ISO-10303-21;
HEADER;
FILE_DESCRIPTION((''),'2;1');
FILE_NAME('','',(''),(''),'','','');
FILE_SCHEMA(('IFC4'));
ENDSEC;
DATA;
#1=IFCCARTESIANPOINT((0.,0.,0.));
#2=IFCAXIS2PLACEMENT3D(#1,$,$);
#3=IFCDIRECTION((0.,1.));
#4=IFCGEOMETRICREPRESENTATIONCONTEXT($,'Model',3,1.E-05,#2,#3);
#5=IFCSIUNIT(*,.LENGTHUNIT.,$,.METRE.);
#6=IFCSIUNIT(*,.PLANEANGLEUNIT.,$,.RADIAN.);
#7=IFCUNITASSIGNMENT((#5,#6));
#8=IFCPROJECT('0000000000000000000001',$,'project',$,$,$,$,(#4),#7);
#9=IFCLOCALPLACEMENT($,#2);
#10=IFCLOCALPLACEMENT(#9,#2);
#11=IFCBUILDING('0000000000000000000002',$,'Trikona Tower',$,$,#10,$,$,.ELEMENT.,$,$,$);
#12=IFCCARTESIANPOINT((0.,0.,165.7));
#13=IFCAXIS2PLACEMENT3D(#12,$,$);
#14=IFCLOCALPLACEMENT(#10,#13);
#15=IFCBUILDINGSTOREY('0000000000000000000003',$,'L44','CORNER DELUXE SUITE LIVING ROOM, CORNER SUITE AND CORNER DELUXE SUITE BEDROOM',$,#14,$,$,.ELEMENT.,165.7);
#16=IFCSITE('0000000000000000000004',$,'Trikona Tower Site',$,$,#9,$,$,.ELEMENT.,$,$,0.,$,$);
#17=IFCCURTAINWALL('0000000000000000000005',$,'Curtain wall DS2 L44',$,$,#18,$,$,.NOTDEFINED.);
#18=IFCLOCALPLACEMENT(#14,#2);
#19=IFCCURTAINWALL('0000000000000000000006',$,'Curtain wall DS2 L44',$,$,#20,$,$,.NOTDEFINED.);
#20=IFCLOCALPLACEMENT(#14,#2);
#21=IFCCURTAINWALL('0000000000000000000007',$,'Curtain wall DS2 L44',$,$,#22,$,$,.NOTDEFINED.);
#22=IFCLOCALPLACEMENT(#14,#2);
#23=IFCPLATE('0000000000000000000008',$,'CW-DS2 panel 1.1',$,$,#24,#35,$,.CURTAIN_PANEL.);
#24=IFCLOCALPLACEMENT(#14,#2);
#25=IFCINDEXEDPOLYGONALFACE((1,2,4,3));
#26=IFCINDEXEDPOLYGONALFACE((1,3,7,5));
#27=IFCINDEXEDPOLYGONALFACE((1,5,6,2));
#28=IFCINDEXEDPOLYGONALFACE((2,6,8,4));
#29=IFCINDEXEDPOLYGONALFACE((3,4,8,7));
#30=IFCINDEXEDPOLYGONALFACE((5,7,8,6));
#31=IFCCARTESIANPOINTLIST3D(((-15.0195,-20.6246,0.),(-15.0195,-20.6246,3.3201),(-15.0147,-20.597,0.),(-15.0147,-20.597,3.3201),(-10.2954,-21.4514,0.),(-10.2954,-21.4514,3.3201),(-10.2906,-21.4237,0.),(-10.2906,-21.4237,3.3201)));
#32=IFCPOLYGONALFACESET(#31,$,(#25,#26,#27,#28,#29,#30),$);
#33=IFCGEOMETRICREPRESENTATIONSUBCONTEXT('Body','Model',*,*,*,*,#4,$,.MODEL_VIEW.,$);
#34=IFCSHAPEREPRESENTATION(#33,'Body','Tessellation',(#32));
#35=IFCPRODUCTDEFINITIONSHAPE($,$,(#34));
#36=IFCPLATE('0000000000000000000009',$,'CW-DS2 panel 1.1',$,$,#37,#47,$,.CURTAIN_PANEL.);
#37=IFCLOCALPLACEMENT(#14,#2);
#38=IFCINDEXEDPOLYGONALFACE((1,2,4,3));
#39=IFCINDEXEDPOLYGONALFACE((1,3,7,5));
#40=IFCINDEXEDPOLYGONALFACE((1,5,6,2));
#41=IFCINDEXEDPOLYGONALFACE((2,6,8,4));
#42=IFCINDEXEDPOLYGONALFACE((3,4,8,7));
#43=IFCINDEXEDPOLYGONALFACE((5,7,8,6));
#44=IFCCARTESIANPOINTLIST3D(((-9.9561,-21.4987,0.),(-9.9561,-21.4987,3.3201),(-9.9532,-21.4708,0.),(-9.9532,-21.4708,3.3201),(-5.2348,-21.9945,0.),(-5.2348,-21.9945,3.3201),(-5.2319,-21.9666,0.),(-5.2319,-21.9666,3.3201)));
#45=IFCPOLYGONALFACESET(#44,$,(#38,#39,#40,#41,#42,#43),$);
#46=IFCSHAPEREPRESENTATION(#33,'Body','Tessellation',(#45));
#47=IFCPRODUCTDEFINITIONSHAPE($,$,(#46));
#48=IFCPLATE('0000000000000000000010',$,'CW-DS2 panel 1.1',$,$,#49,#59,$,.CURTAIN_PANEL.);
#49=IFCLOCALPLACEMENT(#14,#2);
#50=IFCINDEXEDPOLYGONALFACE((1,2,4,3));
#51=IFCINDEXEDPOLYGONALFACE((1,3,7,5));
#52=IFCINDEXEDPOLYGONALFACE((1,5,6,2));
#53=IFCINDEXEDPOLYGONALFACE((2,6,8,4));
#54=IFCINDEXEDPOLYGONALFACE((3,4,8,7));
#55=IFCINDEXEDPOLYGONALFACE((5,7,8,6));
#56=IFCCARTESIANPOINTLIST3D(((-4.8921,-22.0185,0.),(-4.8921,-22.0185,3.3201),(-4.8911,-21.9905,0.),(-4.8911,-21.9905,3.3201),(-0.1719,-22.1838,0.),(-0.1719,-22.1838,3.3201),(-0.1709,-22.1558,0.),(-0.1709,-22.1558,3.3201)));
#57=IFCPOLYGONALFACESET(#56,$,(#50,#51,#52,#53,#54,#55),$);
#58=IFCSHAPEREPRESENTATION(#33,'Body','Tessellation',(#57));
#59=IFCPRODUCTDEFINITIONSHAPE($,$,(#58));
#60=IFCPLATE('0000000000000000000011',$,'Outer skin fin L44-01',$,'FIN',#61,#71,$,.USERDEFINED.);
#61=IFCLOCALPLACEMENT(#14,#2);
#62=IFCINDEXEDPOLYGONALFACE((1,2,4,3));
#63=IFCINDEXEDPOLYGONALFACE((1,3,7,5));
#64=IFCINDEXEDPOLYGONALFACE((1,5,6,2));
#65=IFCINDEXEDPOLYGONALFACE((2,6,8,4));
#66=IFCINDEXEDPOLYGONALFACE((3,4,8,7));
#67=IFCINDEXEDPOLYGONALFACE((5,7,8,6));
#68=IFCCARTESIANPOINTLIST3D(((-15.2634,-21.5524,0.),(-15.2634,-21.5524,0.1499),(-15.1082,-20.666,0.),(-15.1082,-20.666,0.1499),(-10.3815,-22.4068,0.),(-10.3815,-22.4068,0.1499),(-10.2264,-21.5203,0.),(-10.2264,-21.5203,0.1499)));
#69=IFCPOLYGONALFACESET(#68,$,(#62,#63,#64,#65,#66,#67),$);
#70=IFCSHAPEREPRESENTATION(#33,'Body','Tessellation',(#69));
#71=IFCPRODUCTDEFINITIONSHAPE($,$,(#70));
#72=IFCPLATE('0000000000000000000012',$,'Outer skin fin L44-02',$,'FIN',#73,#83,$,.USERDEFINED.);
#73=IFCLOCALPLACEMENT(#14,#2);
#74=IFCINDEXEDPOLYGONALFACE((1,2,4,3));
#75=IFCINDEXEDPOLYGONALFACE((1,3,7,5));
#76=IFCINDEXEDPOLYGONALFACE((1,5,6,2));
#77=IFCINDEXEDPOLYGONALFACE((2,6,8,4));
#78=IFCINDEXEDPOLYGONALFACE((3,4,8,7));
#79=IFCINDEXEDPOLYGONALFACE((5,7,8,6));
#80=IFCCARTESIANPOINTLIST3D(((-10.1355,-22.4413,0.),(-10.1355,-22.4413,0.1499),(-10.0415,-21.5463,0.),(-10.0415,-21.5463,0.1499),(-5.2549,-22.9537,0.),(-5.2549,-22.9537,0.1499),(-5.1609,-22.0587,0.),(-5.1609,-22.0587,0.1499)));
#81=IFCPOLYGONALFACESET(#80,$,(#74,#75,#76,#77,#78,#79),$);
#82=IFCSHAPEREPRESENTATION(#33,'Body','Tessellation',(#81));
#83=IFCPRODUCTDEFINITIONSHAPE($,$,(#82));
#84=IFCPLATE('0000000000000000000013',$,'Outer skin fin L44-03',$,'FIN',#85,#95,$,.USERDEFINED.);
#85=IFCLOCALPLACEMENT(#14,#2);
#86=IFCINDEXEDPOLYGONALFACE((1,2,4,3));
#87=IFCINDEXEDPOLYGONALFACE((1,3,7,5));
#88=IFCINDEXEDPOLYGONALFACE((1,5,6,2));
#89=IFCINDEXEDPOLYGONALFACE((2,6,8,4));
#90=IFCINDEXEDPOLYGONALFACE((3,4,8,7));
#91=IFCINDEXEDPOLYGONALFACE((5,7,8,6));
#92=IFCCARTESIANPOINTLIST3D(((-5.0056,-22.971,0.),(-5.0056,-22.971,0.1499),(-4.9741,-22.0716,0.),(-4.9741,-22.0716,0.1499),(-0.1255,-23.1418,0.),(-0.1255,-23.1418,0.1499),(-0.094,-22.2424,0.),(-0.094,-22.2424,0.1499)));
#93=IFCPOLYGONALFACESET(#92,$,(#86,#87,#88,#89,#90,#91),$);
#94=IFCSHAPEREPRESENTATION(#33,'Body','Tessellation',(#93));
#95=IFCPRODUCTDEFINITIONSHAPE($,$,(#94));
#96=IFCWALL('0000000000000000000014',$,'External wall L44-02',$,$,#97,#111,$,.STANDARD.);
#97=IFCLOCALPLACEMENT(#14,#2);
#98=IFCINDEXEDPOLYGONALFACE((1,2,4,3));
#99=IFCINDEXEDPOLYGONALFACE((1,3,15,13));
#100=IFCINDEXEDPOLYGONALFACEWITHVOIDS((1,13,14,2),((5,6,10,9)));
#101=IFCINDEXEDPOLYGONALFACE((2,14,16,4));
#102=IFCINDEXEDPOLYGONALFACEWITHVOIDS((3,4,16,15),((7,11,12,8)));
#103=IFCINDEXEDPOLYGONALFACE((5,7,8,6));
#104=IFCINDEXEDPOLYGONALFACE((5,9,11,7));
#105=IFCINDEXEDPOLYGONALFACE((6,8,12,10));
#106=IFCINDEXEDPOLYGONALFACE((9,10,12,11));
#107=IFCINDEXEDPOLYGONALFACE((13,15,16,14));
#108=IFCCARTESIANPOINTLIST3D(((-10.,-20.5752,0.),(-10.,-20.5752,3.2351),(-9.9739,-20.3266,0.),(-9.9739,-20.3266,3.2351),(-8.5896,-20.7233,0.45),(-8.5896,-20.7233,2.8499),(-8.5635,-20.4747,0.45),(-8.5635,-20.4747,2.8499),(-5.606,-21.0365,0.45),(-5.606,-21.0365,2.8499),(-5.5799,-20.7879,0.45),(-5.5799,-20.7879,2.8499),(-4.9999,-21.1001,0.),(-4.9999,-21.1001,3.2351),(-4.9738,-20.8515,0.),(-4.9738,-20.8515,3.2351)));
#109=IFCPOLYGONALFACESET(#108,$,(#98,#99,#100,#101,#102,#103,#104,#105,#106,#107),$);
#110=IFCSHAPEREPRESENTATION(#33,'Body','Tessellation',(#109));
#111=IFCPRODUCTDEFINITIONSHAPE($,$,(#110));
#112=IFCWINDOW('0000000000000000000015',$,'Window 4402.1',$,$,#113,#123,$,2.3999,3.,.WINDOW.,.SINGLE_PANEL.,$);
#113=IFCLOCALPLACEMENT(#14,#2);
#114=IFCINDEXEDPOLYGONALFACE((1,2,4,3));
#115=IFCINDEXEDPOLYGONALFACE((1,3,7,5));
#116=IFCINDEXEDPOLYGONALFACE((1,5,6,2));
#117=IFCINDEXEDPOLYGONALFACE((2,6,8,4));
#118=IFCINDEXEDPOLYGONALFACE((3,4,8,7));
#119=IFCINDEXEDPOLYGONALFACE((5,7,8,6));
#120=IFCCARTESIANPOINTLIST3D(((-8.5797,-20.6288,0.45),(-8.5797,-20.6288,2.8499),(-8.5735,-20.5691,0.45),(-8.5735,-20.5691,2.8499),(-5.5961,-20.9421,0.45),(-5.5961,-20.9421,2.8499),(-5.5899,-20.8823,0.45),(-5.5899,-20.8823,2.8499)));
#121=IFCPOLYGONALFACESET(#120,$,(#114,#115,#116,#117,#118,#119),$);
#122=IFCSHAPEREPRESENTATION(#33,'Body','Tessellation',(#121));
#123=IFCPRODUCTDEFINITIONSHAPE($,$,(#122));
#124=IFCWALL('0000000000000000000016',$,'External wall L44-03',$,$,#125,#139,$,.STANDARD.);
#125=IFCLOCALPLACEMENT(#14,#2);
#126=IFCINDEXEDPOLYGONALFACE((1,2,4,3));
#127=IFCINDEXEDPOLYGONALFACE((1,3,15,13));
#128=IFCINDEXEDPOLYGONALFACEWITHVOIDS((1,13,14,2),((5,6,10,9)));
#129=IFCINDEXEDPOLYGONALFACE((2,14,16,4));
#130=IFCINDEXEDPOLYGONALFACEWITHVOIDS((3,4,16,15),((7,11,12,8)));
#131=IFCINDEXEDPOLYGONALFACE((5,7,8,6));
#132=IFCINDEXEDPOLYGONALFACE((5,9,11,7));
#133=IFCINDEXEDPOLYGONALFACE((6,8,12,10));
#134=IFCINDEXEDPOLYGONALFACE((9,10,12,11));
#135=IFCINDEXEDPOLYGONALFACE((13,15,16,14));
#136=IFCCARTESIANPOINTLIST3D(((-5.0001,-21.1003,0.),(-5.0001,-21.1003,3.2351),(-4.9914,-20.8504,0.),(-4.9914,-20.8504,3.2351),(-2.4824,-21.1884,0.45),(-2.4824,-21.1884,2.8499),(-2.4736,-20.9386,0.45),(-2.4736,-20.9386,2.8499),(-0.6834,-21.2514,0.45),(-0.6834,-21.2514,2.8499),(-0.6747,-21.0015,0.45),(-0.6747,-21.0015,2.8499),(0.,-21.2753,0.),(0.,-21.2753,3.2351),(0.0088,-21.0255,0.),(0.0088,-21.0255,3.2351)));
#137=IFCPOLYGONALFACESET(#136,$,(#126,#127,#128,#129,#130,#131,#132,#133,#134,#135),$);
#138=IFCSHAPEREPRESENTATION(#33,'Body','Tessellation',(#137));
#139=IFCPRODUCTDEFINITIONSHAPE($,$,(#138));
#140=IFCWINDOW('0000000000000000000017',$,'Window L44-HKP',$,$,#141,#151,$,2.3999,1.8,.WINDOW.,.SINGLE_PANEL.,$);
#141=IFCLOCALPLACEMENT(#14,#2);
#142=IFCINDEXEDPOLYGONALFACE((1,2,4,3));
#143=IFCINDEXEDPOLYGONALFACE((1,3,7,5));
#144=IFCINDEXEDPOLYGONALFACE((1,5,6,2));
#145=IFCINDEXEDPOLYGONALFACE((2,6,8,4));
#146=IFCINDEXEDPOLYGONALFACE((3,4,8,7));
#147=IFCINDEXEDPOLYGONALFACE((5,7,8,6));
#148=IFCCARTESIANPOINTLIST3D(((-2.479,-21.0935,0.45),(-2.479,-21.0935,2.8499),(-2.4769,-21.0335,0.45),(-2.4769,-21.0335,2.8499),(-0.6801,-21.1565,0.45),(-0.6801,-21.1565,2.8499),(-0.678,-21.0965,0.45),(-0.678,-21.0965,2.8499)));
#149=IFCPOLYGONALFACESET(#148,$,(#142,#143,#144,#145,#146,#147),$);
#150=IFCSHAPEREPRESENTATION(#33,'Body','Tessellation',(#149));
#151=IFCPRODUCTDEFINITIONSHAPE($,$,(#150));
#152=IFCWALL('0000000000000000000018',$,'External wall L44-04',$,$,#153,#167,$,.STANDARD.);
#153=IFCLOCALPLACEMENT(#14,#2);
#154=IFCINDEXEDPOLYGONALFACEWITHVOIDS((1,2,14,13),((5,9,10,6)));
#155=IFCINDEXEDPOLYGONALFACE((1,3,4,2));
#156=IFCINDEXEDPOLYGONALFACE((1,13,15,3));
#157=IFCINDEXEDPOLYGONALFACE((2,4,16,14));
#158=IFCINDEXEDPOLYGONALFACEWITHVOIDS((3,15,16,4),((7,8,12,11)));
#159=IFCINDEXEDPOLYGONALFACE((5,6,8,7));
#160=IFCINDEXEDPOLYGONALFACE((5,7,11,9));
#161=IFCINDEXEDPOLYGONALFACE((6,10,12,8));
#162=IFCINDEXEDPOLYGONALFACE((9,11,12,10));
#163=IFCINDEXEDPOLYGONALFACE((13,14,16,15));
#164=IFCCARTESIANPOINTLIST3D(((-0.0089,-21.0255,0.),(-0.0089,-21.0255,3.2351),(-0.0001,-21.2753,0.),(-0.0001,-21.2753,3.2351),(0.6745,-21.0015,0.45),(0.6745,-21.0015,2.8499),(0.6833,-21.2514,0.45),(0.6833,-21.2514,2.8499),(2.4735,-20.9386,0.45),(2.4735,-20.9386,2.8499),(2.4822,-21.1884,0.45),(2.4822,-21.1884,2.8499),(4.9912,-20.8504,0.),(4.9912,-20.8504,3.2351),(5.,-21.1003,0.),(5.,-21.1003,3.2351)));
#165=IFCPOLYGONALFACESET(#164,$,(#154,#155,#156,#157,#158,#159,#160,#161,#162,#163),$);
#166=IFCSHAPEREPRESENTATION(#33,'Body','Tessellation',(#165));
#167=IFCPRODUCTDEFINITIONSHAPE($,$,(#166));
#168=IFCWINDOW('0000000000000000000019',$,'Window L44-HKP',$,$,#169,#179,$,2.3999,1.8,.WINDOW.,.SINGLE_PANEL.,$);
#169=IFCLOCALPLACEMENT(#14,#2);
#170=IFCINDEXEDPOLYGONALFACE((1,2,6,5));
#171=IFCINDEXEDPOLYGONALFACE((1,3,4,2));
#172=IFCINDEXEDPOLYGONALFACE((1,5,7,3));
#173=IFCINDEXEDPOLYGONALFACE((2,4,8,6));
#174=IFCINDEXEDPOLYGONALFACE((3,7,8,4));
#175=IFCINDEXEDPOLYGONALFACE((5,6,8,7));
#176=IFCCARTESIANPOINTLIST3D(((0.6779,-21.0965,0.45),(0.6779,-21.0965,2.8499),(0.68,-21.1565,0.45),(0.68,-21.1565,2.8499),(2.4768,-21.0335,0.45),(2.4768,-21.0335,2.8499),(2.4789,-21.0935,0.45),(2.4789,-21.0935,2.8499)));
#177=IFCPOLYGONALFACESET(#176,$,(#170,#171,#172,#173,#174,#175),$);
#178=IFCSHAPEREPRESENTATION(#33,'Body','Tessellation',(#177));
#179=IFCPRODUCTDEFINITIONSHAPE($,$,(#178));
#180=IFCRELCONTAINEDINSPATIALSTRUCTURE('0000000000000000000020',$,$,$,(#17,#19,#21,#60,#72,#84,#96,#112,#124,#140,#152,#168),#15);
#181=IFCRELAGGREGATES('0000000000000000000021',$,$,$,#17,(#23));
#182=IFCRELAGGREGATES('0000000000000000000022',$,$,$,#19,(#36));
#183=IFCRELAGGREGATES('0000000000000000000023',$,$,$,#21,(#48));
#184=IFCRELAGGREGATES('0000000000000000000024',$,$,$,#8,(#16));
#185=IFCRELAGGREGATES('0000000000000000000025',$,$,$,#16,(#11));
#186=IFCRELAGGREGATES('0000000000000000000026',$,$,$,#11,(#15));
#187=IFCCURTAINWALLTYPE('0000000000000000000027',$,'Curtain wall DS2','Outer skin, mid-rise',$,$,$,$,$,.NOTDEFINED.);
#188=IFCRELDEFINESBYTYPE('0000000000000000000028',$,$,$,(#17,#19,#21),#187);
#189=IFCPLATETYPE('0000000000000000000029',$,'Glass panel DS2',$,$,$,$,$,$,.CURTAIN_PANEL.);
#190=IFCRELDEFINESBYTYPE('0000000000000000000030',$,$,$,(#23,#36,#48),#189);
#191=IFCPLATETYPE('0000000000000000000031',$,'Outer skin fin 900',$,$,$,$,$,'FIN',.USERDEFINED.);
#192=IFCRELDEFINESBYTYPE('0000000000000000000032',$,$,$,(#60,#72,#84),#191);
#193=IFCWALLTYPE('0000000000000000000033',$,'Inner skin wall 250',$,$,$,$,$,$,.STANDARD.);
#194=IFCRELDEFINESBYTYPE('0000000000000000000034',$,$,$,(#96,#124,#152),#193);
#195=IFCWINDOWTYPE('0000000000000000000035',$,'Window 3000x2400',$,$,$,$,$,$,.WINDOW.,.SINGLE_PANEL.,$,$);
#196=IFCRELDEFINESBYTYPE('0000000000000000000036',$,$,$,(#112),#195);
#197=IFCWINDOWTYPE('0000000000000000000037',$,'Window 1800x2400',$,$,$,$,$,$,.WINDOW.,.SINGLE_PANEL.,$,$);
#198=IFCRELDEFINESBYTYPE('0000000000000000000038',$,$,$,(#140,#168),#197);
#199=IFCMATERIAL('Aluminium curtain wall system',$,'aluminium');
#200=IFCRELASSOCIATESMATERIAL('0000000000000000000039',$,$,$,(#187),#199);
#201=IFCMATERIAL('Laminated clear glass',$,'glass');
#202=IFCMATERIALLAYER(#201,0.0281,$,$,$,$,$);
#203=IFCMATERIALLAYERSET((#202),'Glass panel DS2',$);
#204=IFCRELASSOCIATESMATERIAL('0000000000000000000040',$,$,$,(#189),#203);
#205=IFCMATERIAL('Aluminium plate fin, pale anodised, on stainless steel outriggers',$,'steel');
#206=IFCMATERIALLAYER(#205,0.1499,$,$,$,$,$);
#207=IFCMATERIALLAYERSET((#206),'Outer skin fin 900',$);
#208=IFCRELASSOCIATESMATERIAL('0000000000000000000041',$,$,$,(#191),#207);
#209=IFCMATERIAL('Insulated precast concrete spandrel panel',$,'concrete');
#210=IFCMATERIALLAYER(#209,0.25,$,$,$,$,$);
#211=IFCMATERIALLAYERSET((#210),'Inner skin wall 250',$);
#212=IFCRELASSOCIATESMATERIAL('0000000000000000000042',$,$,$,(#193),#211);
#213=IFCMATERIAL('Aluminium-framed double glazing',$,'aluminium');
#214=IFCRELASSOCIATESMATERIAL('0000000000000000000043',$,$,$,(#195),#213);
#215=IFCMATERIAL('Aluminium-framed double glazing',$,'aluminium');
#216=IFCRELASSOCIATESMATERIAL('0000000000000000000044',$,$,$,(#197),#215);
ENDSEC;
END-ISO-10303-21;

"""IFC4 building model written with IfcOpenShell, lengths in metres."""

from ifc_helpers import new_model, si_unit, direction, frame, frame_2d, origin, origin_2d, place, context, subcontext, project, spatial, rectangle, extrude, material, layer, layer_set, type_object, element, fill, aggregate, save


model = new_model("IFC4")

# Units and contexts
model_context = context("Model", 3, precision=1e-05, world=origin(), true_north=direction((0.0, 1.0)))
body_context = subcontext(model_context, "Body", "Model", "MODEL_VIEW")
ifc_project = project(units=[si_unit("LENGTHUNIT", "METRE"), si_unit("PLANEANGLEUNIT", "RADIAN")], contexts=[model_context])

# Site, building, storey
site_placement = place(None, origin())
site = spatial("IfcSite", under=ifc_project, at=site_placement, Name="Trikona Tower Site", CompositionType="ELEMENT", RefElevation=0.0)
building_placement = place(site_placement, origin())
building = spatial("IfcBuilding", under=site, at=building_placement, Name="Trikona Tower", CompositionType="ELEMENT")
storey_placement = place(building_placement, frame((0.0, 0.0, 165.7)))
storey = spatial("IfcBuildingStorey", under=building, at=storey_placement, Name="L44", Description="CORNER DELUXE SUITE LIVING ROOM, CORNER SUITE AND CORNER DELUXE SUITE BEDROOM", CompositionType="ELEMENT", Elevation=165.7)

# Curtain wall
ifc_material_1 = material(Name="Aluminium curtain wall system", Category="aluminium")
curtain_wall_type = type_object("IfcCurtainWallType", Name="Curtain wall DS2", Description="Outer skin, mid-rise", PredefinedType="NOTDEFINED", material=ifc_material_1)
curtain_wall_1_placement = place(storey_placement, origin())
curtain_wall_1 = element("IfcCurtainWall", 1, at=curtain_wall_1_placement, inside=storey, type_object=curtain_wall_type, Name="Curtain wall DS2 L44", PredefinedType="NOTDEFINED")

# Curtain walls
curtain_wall_2_placement = place(storey_placement, origin())
curtain_wall_2 = element("IfcCurtainWall", 2, at=curtain_wall_2_placement, inside=storey, type_object=curtain_wall_type, Name="Curtain wall DS2 L44", PredefinedType="NOTDEFINED")
curtain_wall_3_placement = place(storey_placement, origin())
curtain_wall_3 = element("IfcCurtainWall", 3, at=curtain_wall_3_placement, inside=storey, type_object=curtain_wall_type, Name="Curtain wall DS2 L44", PredefinedType="NOTDEFINED")

# Plates
ifc_material_2 = material(Name="Laminated clear glass", Category="glass")
ifc_layer_1 = layer(ifc_material_2, 0.0281)
ifc_layer_set_1 = layer_set([ifc_layer_1], Name="Glass panel DS2")
plate_type_1 = type_object("IfcPlateType", Name="Glass panel DS2", PredefinedType="CURTAIN_PANEL", material=ifc_layer_set_1)
plate_1_placement = place(storey_placement, frame((-12.655, -21.0242, 0.0), z_axis=(0.0, 0.0, 1.0), x_axis=(0.985031, -0.172377, 0.0)))
plate_1 = element("IfcPlate", 4, at=plate_1_placement, type_object=plate_type_1, Name="CW-DS2 panel 1.1", PredefinedType="CURTAIN_PANEL", context=body_context, shape_type="SweptSolid", body=[
    extrude(rectangle(XDim=4.7959, YDim=0.0281, at=origin_2d()), origin(), (0.0, 0.0, 1.0), 3.3201),
])
aggregate(curtain_wall_1, [plate_1])
plate_2_placement = place(storey_placement, frame((-7.594, -21.7327, 0.0), z_axis=(0.0, 0.0, 1.0), x_axis=(0.994532, -0.104433, 0.0)))
plate_2 = element("IfcPlate", 5, at=plate_2_placement, type_object=plate_type_1, Name="CW-DS2 panel 1.1", PredefinedType="CURTAIN_PANEL", context=body_context, shape_type="SweptSolid", body=[
    extrude(rectangle(XDim=4.7473, YDim=0.0281, at=origin_2d()), origin(), (0.0, 0.0, 1.0), 3.3201),
])
aggregate(curtain_wall_2, [plate_2])
plate_3_placement = place(storey_placement, frame((-2.5315, -22.0872, 0.0), z_axis=(0.0, 0.0, 1.0), x_axis=(0.999387, -0.034998, 0.0)))
plate_3 = element("IfcPlate", 6, at=plate_3_placement, type_object=plate_type_1, Name="CW-DS2 panel 1.1", PredefinedType="CURTAIN_PANEL", context=body_context, shape_type="SweptSolid", body=[
    extrude(rectangle(XDim=4.7231, YDim=0.0281, at=origin_2d()), origin(), (0.0, 0.0, 1.0), 3.3201),
])
aggregate(curtain_wall_3, [plate_3])

# Plates
ifc_material_3 = material(Name="Aluminium plate fin, pale anodised, on stainless steel outriggers", Category="steel")
ifc_layer_2 = layer(ifc_material_3, 0.1499)
ifc_layer_set_2 = layer_set([ifc_layer_2], Name="Outer skin fin 900")
plate_type_2 = type_object("IfcPlateType", Name="Outer skin fin 900", ElementType="FIN", PredefinedType="USERDEFINED", material=ifc_layer_set_2)
plate_4_placement = place(storey_placement, frame((-12.7449, -21.5364, 0.0), z_axis=(0.0, 0.0, 1.0), x_axis=(0.985031, -0.17238, 0.0)))
element("IfcPlate", 7, at=plate_4_placement, inside=storey, type_object=plate_type_2, Name="Outer skin fin L44-01", ObjectType="FIN", PredefinedType="USERDEFINED", context=body_context, shape_type="SweptSolid", body=[
    extrude(rectangle(XDim=4.9561, YDim=0.8999, at=origin_2d()), origin(), (0.0, 0.0, 1.0), 0.1499),
])
plate_5_placement = place(storey_placement, frame((-7.6482, -22.25, 0.0), z_axis=(0.0, 0.0, 1.0), x_axis=(0.994533, -0.104426, 0.0)))
element("IfcPlate", 8, at=plate_5_placement, inside=storey, type_object=plate_type_2, Name="Outer skin fin L44-02", ObjectType="FIN", PredefinedType="USERDEFINED", context=body_context, shape_type="SweptSolid", body=[
    extrude(rectangle(XDim=4.9075, YDim=0.8999, at=origin_2d()), origin(), (0.0, 0.0, 1.0), 0.1499),
])
plate_6_placement = place(storey_placement, frame((-2.5498, -22.6067, 0.0), z_axis=(0.0, 0.0, 1.0), x_axis=(0.999388, -0.034978, 0.0)))
element("IfcPlate", 9, at=plate_6_placement, inside=storey, type_object=plate_type_2, Name="Outer skin fin L44-03", ObjectType="FIN", PredefinedType="USERDEFINED", context=body_context, shape_type="SweptSolid", body=[
    extrude(rectangle(XDim=4.8831, YDim=0.8999, at=origin_2d()), origin(), (0.0, 0.0, 1.0), 0.1499),
])

# Walls, openings, windows
ifc_material_4 = material(Name="Insulated precast concrete spandrel panel", Category="concrete")
ifc_layer_3 = layer(ifc_material_4, 0.25)
ifc_layer_set_3 = layer_set([ifc_layer_3], Name="Inner skin wall 250")
wall_type = type_object("IfcWallType", Name="Inner skin wall 250", PredefinedType="STANDARD", material=ifc_layer_set_3)
wall_1_placement = place(storey_placement, frame((-9.9868, -20.4509, 0.0), z_axis=(0.0, 0.0, 1.0), x_axis=(0.994535, -0.104407, 0.0)))
wall_1 = element("IfcWall", 10, at=wall_1_placement, inside=storey, type_object=wall_type, Name="External wall L44-02", PredefinedType="STANDARD", context=body_context, shape_type="SweptSolid", body=[
    extrude(rectangle(XDim=5.0276, YDim=0.25, at=frame_2d((2.5137, 0.0))), origin(), (0.0, 0.0, 1.0), 3.2351),
])
opening_1_placement = place(wall_1_placement, frame((1.418, 0.0, 0.45)))
opening_1 = element("IfcOpeningElement", 11, at=opening_1_placement, cuts=wall_1, PredefinedType="OPENING", context=body_context, shape_type="SweptSolid", body=[
    extrude(rectangle(XDim=3.0, YDim=2.3999, at=frame_2d((1.5, 1.2))), frame((0.0, 0.135, 0.0), z_axis=(0.0, -1.0, 0.0), x_axis=(1.0, 0.0, 0.0)), (0.0, 0.0, 1.0), 0.27),
])
ifc_material_5 = material(Name="Aluminium-framed double glazing", Category="aluminium")
window_type_1 = type_object("IfcWindowType", Name="Window 3000x2400", PartitioningType="SINGLE_PANEL", PredefinedType="WINDOW", material=ifc_material_5)
window_1_placement = place(opening_1_placement, origin())
window_1 = element("IfcWindow", 12, at=window_1_placement, inside=storey, type_object=window_type_1, Name="Window 4402.1", OverallHeight=2.3999, OverallWidth=3.0, PartitioningType="SINGLE_PANEL", PredefinedType="WINDOW", context=body_context, shape_type="SweptSolid", body=[
    extrude(rectangle(XDim=3.0, YDim=2.3999, at=frame_2d((1.5, 1.2))), frame((0.0, 0.03, 0.0), z_axis=(0.0, -1.0, 0.0), x_axis=(1.0, 0.0, 0.0)), (0.0, 0.0, 1.0), 0.0601),
])
fill(opening_1, window_1)
wall_2_placement = place(storey_placement, frame((-4.9956, -20.9753, 0.0), z_axis=(0.0, 0.0, 1.0), x_axis=(0.999388, -0.034988, 0.0)))
wall_2 = element("IfcWall", 13, at=wall_2_placement, inside=storey, type_object=wall_type, Name="External wall L44-03", PredefinedType="STANDARD", context=body_context, shape_type="SweptSolid", body=[
    extrude(rectangle(XDim=5.0032, YDim=0.25, at=frame_2d((2.5015, 0.0))), origin(), (0.0, 0.0, 1.0), 3.2351),
])
opening_2_placement = place(wall_2_placement, frame((2.5193, 0.0, 0.45)))
opening_2 = element("IfcOpeningElement", 14, at=opening_2_placement, cuts=wall_2, PredefinedType="OPENING", context=body_context, shape_type="SweptSolid", body=[
    extrude(rectangle(XDim=1.8, YDim=2.3999, at=frame_2d((0.8999, 1.2))), frame((0.0, 0.135, 0.0), z_axis=(0.0, -1.0, 0.0), x_axis=(1.0, 0.0, 0.0)), (0.0, 0.0, 1.0), 0.27),
])
ifc_material_6 = material(Name="Aluminium-framed double glazing", Category="aluminium")
window_type_2 = type_object("IfcWindowType", Name="Window 1800x2400", PartitioningType="SINGLE_PANEL", PredefinedType="WINDOW", material=ifc_material_6)
window_2_placement = place(opening_2_placement, origin())
window_2 = element("IfcWindow", 15, at=window_2_placement, inside=storey, type_object=window_type_2, Name="Window L44-HKP", OverallHeight=2.3999, OverallWidth=1.8, PartitioningType="SINGLE_PANEL", PredefinedType="WINDOW", context=body_context, shape_type="SweptSolid", body=[
    extrude(rectangle(XDim=1.8, YDim=2.3999, at=frame_2d((0.8999, 1.2))), frame((0.0, 0.03, 0.0), z_axis=(0.0, -1.0, 0.0), x_axis=(1.0, 0.0, 0.0)), (0.0, 0.0, 1.0), 0.0601),
])
fill(opening_2, window_2)
wall_3_placement = place(storey_placement, frame((-0.0044, -21.1504, 0.0), z_axis=(0.0, 0.0, 1.0), x_axis=(0.999388, 0.034988, 0.0)))
wall_3 = element("IfcWall", 16, at=wall_3_placement, inside=storey, type_object=wall_type, Name="External wall L44-04", PredefinedType="STANDARD", context=body_context, shape_type="SweptSolid", body=[
    extrude(rectangle(XDim=5.0032, YDim=0.25, at=frame_2d((2.5015, 0.0))), origin(), (0.0, 0.0, 1.0), 3.2351),
])
opening_3_placement = place(wall_3_placement, frame((0.6838, 0.0, 0.45)))
opening_3 = element("IfcOpeningElement", 17, at=opening_3_placement, cuts=wall_3, PredefinedType="OPENING", context=body_context, shape_type="SweptSolid", body=[
    extrude(rectangle(XDim=1.8, YDim=2.3999, at=frame_2d((0.8999, 1.2))), frame((0.0, 0.135, 0.0), z_axis=(0.0, -1.0, 0.0), x_axis=(1.0, 0.0, 0.0)), (0.0, 0.0, 1.0), 0.27),
])
window_3_placement = place(opening_3_placement, origin())
window_3 = element("IfcWindow", 18, at=window_3_placement, inside=storey, type_object=window_type_2, Name="Window L44-HKP", OverallHeight=2.3999, OverallWidth=1.8, PartitioningType="SINGLE_PANEL", PredefinedType="WINDOW", context=body_context, shape_type="SweptSolid", body=[
    extrude(rectangle(XDim=1.8, YDim=2.3999, at=frame_2d((0.8999, 1.2))), frame((0.0, 0.03, 0.0), z_axis=(0.0, -1.0, 0.0), x_axis=(1.0, 0.0, 0.0)), (0.0, 0.0, 1.0), 0.0601),
])
fill(opening_3, window_3)

save(model, "model.ifc")
